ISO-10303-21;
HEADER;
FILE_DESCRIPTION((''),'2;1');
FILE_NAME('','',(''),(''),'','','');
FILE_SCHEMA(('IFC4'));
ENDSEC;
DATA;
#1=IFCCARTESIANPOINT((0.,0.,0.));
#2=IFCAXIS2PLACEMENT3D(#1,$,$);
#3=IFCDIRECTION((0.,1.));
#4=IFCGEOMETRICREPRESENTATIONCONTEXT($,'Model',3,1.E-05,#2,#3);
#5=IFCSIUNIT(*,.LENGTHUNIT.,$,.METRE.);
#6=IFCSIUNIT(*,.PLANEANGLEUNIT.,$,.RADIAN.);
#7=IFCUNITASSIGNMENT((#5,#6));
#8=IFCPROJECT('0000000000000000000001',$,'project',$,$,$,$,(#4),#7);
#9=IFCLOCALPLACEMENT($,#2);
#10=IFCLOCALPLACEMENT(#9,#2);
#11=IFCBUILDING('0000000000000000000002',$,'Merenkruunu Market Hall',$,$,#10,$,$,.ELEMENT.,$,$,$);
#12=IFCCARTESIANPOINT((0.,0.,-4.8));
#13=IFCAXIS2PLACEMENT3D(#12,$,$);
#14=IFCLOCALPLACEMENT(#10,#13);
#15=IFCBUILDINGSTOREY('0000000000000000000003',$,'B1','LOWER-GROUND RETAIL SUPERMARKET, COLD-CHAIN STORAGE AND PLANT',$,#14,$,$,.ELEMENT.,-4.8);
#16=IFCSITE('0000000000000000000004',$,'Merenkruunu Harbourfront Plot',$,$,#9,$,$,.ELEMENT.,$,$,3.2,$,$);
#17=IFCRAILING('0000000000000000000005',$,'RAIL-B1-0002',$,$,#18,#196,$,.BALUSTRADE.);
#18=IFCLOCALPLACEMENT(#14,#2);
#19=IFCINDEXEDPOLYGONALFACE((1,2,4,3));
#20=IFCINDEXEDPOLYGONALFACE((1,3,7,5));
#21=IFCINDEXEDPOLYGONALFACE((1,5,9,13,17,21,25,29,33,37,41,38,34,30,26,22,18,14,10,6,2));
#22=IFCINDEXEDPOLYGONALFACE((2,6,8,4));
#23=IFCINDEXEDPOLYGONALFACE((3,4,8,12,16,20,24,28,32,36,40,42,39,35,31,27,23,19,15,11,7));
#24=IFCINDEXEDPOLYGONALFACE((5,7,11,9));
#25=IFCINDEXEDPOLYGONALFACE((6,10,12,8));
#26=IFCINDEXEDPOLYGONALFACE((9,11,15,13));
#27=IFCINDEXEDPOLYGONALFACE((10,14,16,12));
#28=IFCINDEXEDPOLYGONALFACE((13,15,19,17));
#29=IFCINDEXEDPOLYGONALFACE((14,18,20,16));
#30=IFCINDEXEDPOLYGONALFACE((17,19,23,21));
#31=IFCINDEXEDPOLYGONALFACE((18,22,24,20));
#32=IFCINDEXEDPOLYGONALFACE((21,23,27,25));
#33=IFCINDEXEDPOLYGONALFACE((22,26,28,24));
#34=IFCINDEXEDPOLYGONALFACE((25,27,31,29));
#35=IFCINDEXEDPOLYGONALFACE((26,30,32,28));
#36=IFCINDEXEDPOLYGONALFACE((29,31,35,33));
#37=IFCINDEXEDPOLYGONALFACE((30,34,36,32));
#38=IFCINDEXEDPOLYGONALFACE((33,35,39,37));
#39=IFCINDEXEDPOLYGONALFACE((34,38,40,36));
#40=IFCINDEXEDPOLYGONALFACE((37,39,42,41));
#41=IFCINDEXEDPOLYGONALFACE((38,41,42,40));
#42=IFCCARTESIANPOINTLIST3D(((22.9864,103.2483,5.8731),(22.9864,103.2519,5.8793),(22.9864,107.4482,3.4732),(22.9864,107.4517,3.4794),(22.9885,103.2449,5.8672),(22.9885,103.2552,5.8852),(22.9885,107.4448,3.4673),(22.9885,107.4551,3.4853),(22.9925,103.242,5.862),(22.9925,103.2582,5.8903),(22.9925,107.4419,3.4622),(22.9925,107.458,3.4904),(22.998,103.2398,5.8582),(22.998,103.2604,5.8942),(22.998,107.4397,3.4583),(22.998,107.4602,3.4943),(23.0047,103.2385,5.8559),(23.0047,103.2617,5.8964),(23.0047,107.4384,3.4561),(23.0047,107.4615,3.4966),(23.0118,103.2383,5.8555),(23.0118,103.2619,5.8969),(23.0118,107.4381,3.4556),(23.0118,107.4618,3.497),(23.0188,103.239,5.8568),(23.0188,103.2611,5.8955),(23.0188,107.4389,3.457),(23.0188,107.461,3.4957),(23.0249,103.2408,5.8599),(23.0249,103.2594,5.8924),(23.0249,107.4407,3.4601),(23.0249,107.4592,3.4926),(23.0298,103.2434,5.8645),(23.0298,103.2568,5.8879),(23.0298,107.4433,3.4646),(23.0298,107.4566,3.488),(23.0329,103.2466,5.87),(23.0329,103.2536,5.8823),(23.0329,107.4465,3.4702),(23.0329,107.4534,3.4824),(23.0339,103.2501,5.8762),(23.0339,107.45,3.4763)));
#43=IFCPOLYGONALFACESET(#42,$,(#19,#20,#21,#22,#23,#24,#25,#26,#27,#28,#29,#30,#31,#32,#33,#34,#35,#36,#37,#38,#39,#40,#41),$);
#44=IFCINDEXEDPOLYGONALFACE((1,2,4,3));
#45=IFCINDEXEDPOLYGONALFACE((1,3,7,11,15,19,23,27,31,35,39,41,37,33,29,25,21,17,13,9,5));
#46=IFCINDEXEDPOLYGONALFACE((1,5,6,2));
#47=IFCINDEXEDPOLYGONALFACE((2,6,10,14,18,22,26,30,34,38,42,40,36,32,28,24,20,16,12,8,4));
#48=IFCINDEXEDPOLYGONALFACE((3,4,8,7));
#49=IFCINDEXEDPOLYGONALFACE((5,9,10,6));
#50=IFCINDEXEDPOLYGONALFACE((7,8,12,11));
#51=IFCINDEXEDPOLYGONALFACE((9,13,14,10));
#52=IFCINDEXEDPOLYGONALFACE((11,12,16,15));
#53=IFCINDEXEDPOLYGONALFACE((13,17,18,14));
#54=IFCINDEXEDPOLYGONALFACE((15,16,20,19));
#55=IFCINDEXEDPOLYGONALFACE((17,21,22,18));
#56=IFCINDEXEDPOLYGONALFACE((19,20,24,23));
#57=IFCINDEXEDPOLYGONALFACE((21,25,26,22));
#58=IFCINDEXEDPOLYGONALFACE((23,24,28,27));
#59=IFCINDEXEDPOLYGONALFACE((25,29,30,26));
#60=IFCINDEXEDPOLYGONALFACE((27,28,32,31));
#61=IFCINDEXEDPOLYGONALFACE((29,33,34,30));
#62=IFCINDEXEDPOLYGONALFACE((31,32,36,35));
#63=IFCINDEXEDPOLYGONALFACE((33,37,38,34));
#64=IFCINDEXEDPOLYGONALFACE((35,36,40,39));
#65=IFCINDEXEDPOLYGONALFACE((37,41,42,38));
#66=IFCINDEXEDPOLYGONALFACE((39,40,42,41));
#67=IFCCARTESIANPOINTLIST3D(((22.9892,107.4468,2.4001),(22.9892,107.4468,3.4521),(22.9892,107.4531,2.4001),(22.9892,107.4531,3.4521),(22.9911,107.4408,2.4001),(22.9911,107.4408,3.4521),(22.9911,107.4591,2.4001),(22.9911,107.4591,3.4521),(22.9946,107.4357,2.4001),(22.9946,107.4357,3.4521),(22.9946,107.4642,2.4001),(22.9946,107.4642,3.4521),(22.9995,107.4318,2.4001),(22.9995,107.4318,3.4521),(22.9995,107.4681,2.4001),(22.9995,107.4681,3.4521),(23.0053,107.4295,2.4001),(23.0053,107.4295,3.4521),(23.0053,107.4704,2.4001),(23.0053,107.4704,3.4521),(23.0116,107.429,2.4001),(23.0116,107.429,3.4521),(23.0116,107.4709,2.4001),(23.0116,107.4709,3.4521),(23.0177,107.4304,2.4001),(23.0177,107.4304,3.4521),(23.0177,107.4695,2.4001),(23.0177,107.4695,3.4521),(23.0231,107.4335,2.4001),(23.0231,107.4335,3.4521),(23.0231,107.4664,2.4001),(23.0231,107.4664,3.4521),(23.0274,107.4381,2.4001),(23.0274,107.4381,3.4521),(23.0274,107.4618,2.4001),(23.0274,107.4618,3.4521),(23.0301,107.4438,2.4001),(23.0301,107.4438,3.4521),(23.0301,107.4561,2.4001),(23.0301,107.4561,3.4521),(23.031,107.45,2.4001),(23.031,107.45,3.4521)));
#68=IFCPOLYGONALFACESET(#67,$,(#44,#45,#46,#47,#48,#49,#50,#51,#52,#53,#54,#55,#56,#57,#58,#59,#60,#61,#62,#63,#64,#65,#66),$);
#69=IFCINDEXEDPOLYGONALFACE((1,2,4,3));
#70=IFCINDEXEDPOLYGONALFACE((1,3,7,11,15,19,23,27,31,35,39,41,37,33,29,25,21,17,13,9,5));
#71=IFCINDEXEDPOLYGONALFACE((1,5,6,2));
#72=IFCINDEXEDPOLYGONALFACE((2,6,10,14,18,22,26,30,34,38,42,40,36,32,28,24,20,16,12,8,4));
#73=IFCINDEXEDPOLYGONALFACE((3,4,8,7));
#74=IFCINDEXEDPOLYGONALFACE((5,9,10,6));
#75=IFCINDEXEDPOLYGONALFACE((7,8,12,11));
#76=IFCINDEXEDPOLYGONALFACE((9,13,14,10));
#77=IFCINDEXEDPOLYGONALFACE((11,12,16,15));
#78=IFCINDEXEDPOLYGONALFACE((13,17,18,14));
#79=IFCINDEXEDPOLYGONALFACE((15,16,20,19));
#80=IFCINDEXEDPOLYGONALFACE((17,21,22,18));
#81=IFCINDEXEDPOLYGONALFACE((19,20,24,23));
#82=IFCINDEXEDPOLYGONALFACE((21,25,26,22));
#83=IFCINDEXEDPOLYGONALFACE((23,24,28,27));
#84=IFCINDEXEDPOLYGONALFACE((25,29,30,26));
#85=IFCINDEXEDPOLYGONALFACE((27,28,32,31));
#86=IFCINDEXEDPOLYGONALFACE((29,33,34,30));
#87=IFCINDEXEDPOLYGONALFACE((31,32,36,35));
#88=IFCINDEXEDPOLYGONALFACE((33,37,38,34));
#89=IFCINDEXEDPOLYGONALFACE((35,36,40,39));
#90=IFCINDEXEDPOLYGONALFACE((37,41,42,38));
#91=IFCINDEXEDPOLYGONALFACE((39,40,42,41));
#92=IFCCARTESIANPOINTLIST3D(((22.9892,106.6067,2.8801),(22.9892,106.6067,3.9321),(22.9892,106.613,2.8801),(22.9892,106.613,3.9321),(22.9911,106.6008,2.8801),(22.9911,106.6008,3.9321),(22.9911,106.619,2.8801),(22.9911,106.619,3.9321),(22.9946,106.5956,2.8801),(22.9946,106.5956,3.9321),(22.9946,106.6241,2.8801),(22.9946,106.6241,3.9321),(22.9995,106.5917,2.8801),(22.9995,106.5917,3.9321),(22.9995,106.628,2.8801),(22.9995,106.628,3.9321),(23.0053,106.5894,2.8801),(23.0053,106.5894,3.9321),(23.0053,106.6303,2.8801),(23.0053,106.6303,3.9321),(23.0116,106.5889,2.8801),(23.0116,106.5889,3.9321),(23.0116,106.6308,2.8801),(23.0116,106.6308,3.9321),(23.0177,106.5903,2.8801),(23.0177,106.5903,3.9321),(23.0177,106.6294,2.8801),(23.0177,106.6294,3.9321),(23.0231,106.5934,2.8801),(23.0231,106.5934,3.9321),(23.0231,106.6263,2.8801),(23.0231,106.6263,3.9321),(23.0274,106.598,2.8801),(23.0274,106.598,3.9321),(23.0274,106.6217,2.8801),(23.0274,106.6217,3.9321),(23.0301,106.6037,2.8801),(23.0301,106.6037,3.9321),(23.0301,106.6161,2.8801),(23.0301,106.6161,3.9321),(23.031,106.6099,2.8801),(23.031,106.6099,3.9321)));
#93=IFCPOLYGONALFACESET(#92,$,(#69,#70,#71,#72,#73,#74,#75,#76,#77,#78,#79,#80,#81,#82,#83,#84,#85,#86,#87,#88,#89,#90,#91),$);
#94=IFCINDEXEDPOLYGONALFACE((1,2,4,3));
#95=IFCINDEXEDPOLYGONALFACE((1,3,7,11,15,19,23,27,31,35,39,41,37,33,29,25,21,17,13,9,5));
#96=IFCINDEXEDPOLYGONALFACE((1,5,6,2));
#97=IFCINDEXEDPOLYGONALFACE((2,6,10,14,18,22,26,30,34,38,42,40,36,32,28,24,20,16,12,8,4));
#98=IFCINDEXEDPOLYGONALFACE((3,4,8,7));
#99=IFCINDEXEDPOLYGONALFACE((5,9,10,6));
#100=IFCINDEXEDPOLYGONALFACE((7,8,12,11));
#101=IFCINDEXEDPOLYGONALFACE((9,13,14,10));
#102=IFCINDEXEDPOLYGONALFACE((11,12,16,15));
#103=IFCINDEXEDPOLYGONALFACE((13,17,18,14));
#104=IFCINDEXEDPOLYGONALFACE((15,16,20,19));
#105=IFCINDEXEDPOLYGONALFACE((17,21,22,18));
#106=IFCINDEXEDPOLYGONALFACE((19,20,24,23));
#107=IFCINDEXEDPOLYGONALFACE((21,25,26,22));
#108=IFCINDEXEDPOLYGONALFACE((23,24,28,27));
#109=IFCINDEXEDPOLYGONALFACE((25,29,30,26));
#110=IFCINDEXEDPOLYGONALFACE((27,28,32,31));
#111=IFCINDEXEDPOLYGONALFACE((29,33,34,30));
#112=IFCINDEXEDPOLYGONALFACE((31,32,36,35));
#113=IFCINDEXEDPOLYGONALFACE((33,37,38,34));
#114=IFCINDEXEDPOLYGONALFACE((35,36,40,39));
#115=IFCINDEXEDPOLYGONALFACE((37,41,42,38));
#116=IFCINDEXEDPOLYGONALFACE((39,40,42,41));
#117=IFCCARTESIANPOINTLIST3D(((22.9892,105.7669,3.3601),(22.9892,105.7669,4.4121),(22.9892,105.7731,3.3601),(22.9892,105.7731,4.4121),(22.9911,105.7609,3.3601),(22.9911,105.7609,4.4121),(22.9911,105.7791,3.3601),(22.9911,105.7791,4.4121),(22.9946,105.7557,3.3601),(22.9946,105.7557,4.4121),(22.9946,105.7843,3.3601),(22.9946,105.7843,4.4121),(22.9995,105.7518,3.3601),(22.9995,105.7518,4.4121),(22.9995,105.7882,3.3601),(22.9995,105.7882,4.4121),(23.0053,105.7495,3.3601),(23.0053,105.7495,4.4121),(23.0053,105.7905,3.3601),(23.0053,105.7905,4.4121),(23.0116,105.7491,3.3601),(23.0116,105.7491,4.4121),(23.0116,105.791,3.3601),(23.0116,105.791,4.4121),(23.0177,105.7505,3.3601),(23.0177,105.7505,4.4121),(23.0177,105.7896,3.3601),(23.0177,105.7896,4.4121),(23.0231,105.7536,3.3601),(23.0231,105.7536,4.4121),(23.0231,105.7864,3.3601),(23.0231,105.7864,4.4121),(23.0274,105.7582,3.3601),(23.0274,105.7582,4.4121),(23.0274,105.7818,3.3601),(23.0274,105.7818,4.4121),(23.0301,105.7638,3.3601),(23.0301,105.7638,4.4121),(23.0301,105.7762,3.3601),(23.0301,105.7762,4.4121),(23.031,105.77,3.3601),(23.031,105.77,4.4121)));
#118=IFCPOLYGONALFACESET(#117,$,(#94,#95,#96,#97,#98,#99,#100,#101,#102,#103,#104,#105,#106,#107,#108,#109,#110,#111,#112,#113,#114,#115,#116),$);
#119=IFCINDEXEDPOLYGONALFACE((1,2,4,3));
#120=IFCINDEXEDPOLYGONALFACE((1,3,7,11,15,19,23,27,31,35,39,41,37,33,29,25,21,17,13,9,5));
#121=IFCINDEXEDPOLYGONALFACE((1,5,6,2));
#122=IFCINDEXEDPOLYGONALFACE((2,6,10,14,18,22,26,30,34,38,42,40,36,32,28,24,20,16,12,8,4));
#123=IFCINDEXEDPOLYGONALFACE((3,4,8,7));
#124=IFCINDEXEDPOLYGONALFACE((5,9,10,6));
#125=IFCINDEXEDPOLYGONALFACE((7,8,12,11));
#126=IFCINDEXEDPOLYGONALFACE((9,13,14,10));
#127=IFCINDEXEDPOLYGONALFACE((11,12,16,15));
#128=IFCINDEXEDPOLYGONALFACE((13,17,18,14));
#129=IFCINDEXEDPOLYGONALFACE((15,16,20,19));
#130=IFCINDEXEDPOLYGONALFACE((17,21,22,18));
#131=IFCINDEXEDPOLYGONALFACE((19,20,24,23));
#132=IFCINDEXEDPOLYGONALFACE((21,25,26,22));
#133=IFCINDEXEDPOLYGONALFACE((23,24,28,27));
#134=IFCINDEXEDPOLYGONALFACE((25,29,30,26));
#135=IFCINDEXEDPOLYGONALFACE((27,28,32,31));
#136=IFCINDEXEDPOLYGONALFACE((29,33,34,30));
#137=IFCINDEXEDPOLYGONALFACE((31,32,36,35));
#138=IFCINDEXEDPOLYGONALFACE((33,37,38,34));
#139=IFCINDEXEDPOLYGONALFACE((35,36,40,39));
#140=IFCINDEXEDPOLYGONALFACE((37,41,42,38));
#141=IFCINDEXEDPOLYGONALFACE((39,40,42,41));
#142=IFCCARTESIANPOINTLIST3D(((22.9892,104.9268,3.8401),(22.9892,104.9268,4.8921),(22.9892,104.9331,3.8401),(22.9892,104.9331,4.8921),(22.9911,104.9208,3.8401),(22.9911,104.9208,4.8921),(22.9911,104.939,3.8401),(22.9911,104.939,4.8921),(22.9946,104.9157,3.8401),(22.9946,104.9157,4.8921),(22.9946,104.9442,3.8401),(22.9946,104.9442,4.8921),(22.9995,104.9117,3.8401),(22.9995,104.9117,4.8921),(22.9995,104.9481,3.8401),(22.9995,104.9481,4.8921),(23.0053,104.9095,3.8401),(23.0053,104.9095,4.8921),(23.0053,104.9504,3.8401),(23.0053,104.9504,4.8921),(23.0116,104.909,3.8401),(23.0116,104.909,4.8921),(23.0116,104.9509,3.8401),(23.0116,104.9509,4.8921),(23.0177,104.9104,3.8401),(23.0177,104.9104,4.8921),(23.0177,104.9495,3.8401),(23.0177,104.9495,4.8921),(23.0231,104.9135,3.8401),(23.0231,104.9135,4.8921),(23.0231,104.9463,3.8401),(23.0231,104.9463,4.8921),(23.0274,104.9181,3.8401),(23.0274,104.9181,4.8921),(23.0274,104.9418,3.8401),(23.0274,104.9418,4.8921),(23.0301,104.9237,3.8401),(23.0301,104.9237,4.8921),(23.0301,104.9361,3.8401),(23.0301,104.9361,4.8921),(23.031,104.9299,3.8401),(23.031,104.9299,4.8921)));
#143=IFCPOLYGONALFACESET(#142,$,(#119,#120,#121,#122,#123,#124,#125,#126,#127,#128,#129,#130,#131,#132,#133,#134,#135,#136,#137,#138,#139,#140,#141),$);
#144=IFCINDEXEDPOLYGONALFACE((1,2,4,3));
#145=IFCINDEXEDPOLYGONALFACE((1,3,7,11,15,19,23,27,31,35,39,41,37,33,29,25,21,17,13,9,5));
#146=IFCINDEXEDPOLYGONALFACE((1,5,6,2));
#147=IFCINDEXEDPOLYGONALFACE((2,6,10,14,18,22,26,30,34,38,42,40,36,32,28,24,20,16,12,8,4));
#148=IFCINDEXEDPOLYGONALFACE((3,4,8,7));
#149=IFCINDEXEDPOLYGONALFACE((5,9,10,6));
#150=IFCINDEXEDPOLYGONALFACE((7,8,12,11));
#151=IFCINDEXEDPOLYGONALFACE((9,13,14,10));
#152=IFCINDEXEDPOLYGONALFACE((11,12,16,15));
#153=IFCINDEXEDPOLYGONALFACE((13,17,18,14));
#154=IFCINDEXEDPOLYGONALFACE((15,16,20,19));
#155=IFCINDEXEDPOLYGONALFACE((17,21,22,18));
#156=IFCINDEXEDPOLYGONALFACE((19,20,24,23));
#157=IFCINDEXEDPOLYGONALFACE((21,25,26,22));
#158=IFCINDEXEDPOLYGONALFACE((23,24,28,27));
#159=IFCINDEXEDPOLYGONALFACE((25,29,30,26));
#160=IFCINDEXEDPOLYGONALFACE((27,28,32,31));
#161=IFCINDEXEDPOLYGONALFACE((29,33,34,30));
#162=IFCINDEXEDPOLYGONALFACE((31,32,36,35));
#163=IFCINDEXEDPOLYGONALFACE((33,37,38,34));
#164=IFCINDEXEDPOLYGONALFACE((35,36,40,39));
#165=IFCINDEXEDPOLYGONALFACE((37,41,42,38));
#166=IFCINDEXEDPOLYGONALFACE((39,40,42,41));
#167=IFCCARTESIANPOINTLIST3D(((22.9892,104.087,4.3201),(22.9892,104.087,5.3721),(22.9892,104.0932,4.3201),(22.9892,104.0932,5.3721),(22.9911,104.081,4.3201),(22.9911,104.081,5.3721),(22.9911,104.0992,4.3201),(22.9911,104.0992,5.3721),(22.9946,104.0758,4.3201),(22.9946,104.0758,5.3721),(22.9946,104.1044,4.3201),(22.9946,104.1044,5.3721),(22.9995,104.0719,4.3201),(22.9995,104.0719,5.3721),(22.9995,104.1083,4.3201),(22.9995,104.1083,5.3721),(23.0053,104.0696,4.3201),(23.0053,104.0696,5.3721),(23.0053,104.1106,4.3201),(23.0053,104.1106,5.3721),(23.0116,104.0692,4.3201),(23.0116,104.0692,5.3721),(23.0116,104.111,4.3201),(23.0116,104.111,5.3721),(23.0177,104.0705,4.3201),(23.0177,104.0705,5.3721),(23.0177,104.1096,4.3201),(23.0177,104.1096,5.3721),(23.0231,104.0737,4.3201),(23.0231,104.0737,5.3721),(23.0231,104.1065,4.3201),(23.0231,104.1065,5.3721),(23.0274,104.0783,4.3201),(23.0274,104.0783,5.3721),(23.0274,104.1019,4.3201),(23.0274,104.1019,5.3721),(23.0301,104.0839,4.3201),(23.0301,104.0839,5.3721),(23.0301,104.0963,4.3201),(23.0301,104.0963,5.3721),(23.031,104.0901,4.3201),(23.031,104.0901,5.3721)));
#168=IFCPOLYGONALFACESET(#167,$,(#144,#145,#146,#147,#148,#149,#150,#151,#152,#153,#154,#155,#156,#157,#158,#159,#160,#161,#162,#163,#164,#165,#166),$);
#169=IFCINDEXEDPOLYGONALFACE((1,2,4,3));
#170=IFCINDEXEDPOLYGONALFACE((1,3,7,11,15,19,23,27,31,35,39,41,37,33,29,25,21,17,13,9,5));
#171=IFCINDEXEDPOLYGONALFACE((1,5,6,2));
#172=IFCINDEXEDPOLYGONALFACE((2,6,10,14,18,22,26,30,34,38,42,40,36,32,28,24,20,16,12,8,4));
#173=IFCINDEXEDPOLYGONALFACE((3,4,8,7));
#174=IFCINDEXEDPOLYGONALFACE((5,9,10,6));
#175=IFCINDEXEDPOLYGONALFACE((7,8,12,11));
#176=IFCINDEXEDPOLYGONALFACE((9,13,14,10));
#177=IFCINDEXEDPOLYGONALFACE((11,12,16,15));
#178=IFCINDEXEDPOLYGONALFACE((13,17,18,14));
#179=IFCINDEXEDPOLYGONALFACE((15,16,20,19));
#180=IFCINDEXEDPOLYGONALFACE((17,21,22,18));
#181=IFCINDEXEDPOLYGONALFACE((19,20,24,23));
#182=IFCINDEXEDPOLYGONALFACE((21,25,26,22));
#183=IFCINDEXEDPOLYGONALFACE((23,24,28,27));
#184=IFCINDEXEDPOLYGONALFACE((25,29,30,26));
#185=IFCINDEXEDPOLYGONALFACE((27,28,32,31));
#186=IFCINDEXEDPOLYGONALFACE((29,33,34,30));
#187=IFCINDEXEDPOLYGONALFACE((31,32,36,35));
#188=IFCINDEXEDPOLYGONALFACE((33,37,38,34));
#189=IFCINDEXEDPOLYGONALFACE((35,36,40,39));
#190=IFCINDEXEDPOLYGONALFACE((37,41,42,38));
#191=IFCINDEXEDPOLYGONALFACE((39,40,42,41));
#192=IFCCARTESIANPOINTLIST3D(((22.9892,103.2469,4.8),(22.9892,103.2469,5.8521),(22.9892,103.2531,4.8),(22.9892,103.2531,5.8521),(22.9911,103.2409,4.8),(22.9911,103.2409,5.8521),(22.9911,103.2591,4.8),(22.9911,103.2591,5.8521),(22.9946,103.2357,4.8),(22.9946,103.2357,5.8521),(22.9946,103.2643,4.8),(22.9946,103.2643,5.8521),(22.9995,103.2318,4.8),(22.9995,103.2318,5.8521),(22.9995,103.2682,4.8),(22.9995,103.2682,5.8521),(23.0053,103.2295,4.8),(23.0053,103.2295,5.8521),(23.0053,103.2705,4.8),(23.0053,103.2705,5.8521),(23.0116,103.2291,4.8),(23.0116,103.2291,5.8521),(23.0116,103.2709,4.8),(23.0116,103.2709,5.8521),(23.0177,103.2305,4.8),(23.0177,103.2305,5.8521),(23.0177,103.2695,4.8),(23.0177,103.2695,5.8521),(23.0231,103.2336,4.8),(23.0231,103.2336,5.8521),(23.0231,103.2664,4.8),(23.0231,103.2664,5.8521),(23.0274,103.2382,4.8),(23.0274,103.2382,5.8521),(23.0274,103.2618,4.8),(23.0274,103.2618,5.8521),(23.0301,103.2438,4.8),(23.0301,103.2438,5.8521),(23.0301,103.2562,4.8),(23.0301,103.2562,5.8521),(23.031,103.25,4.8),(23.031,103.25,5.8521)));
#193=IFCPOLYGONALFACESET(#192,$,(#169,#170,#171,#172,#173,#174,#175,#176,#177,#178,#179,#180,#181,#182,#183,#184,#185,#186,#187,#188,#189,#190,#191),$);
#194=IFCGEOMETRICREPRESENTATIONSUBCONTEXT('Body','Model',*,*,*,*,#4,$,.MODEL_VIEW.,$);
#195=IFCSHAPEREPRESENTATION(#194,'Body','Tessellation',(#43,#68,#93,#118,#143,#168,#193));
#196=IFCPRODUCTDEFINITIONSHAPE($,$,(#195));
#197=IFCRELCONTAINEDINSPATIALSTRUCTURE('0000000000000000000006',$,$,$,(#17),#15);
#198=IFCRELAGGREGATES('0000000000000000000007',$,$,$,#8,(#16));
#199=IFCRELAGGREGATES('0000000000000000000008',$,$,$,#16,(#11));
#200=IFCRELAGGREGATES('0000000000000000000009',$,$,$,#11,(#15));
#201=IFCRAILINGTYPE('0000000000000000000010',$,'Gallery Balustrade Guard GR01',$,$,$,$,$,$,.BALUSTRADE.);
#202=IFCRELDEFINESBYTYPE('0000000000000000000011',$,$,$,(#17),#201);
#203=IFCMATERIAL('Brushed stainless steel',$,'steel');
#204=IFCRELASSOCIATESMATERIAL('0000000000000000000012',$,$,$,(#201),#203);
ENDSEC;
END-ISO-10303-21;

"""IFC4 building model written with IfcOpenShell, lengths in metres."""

from ifc_helpers import new_model, si_unit, direction, frame, origin, origin_2d, place, context, subcontext, project, spatial, circle, extrude, material, type_object, element, save


model = new_model("IFC4")

# Units and contexts
model_context = context("Model", 3, precision=1e-05, world=origin(), true_north=direction((0.0, 1.0)))
body_context = subcontext(model_context, "Body", "Model", "MODEL_VIEW")
ifc_project = project(units=[si_unit("LENGTHUNIT", "METRE"), si_unit("PLANEANGLEUNIT", "RADIAN")], contexts=[model_context])

# Site, building, storey
site_placement = place(None, origin())
site = spatial("IfcSite", under=ifc_project, at=site_placement, Name="Merenkruunu Harbourfront Plot", CompositionType="ELEMENT", RefElevation=3.2)
building_placement = place(site_placement, origin())
building = spatial("IfcBuilding", under=site, at=building_placement, Name="Merenkruunu Market Hall", CompositionType="ELEMENT")
storey_placement = place(building_placement, frame((0.0, 0.0, -4.8)))
storey = spatial("IfcBuildingStorey", under=building, at=storey_placement, Name="B1", Description="LOWER-GROUND RETAIL SUPERMARKET, COLD-CHAIN STORAGE AND PLANT", CompositionType="ELEMENT", Elevation=-4.8)

# Shared definitions
ifc_material_1 = material(Name="Brushed stainless steel", Category="steel")

# Railing
railing_type_1 = type_object("IfcRailingType", Name="Gallery Balustrade Guard GR01", PredefinedType="BALUSTRADE", material=ifc_material_1)
railing_1_placement = place(storey_placement, frame((23.01, 107.45, 2.4001)))
element("IfcRailing", 1, at=railing_1_placement, inside=storey, type_object=railing_type_1, Name="RAIL-B1-0002", PredefinedType="BALUSTRADE", context=body_context, shape_type="SweptSolid", body=[
    extrude(circle(Radius=0.0239, at=origin_2d()), frame((0.0, 0.0, 1.0762), z_axis=(0.0, -0.868249, 0.496128), x_axis=(1.0, 0.0, 0.0)), (0.0, 0.0, 1.0), 4.8372),
    extrude(circle(Radius=0.021, at=origin_2d()), origin(), (0.0, 0.0, 1.0), 1.052),
    extrude(circle(Radius=0.021, at=origin_2d()), frame((0.0, -0.8401, 0.48)), (0.0, 0.0, 1.0), 1.052),
    extrude(circle(Radius=0.021, at=origin_2d()), frame((0.0, -1.6799, 0.96)), (0.0, 0.0, 1.0), 1.052),
    extrude(circle(Radius=0.021, at=origin_2d()), frame((0.0, -2.52, 1.4399)), (0.0, 0.0, 1.0), 1.052),
    extrude(circle(Radius=0.021, at=origin_2d()), frame((0.0, -3.3599, 1.9199)), (0.0, 0.0, 1.0), 1.052),
    extrude(circle(Radius=0.021, at=origin_2d()), frame((0.0, -4.2, 2.3999)), (0.0, 0.0, 1.0), 1.052),
])

save(model, "model.ifc")
